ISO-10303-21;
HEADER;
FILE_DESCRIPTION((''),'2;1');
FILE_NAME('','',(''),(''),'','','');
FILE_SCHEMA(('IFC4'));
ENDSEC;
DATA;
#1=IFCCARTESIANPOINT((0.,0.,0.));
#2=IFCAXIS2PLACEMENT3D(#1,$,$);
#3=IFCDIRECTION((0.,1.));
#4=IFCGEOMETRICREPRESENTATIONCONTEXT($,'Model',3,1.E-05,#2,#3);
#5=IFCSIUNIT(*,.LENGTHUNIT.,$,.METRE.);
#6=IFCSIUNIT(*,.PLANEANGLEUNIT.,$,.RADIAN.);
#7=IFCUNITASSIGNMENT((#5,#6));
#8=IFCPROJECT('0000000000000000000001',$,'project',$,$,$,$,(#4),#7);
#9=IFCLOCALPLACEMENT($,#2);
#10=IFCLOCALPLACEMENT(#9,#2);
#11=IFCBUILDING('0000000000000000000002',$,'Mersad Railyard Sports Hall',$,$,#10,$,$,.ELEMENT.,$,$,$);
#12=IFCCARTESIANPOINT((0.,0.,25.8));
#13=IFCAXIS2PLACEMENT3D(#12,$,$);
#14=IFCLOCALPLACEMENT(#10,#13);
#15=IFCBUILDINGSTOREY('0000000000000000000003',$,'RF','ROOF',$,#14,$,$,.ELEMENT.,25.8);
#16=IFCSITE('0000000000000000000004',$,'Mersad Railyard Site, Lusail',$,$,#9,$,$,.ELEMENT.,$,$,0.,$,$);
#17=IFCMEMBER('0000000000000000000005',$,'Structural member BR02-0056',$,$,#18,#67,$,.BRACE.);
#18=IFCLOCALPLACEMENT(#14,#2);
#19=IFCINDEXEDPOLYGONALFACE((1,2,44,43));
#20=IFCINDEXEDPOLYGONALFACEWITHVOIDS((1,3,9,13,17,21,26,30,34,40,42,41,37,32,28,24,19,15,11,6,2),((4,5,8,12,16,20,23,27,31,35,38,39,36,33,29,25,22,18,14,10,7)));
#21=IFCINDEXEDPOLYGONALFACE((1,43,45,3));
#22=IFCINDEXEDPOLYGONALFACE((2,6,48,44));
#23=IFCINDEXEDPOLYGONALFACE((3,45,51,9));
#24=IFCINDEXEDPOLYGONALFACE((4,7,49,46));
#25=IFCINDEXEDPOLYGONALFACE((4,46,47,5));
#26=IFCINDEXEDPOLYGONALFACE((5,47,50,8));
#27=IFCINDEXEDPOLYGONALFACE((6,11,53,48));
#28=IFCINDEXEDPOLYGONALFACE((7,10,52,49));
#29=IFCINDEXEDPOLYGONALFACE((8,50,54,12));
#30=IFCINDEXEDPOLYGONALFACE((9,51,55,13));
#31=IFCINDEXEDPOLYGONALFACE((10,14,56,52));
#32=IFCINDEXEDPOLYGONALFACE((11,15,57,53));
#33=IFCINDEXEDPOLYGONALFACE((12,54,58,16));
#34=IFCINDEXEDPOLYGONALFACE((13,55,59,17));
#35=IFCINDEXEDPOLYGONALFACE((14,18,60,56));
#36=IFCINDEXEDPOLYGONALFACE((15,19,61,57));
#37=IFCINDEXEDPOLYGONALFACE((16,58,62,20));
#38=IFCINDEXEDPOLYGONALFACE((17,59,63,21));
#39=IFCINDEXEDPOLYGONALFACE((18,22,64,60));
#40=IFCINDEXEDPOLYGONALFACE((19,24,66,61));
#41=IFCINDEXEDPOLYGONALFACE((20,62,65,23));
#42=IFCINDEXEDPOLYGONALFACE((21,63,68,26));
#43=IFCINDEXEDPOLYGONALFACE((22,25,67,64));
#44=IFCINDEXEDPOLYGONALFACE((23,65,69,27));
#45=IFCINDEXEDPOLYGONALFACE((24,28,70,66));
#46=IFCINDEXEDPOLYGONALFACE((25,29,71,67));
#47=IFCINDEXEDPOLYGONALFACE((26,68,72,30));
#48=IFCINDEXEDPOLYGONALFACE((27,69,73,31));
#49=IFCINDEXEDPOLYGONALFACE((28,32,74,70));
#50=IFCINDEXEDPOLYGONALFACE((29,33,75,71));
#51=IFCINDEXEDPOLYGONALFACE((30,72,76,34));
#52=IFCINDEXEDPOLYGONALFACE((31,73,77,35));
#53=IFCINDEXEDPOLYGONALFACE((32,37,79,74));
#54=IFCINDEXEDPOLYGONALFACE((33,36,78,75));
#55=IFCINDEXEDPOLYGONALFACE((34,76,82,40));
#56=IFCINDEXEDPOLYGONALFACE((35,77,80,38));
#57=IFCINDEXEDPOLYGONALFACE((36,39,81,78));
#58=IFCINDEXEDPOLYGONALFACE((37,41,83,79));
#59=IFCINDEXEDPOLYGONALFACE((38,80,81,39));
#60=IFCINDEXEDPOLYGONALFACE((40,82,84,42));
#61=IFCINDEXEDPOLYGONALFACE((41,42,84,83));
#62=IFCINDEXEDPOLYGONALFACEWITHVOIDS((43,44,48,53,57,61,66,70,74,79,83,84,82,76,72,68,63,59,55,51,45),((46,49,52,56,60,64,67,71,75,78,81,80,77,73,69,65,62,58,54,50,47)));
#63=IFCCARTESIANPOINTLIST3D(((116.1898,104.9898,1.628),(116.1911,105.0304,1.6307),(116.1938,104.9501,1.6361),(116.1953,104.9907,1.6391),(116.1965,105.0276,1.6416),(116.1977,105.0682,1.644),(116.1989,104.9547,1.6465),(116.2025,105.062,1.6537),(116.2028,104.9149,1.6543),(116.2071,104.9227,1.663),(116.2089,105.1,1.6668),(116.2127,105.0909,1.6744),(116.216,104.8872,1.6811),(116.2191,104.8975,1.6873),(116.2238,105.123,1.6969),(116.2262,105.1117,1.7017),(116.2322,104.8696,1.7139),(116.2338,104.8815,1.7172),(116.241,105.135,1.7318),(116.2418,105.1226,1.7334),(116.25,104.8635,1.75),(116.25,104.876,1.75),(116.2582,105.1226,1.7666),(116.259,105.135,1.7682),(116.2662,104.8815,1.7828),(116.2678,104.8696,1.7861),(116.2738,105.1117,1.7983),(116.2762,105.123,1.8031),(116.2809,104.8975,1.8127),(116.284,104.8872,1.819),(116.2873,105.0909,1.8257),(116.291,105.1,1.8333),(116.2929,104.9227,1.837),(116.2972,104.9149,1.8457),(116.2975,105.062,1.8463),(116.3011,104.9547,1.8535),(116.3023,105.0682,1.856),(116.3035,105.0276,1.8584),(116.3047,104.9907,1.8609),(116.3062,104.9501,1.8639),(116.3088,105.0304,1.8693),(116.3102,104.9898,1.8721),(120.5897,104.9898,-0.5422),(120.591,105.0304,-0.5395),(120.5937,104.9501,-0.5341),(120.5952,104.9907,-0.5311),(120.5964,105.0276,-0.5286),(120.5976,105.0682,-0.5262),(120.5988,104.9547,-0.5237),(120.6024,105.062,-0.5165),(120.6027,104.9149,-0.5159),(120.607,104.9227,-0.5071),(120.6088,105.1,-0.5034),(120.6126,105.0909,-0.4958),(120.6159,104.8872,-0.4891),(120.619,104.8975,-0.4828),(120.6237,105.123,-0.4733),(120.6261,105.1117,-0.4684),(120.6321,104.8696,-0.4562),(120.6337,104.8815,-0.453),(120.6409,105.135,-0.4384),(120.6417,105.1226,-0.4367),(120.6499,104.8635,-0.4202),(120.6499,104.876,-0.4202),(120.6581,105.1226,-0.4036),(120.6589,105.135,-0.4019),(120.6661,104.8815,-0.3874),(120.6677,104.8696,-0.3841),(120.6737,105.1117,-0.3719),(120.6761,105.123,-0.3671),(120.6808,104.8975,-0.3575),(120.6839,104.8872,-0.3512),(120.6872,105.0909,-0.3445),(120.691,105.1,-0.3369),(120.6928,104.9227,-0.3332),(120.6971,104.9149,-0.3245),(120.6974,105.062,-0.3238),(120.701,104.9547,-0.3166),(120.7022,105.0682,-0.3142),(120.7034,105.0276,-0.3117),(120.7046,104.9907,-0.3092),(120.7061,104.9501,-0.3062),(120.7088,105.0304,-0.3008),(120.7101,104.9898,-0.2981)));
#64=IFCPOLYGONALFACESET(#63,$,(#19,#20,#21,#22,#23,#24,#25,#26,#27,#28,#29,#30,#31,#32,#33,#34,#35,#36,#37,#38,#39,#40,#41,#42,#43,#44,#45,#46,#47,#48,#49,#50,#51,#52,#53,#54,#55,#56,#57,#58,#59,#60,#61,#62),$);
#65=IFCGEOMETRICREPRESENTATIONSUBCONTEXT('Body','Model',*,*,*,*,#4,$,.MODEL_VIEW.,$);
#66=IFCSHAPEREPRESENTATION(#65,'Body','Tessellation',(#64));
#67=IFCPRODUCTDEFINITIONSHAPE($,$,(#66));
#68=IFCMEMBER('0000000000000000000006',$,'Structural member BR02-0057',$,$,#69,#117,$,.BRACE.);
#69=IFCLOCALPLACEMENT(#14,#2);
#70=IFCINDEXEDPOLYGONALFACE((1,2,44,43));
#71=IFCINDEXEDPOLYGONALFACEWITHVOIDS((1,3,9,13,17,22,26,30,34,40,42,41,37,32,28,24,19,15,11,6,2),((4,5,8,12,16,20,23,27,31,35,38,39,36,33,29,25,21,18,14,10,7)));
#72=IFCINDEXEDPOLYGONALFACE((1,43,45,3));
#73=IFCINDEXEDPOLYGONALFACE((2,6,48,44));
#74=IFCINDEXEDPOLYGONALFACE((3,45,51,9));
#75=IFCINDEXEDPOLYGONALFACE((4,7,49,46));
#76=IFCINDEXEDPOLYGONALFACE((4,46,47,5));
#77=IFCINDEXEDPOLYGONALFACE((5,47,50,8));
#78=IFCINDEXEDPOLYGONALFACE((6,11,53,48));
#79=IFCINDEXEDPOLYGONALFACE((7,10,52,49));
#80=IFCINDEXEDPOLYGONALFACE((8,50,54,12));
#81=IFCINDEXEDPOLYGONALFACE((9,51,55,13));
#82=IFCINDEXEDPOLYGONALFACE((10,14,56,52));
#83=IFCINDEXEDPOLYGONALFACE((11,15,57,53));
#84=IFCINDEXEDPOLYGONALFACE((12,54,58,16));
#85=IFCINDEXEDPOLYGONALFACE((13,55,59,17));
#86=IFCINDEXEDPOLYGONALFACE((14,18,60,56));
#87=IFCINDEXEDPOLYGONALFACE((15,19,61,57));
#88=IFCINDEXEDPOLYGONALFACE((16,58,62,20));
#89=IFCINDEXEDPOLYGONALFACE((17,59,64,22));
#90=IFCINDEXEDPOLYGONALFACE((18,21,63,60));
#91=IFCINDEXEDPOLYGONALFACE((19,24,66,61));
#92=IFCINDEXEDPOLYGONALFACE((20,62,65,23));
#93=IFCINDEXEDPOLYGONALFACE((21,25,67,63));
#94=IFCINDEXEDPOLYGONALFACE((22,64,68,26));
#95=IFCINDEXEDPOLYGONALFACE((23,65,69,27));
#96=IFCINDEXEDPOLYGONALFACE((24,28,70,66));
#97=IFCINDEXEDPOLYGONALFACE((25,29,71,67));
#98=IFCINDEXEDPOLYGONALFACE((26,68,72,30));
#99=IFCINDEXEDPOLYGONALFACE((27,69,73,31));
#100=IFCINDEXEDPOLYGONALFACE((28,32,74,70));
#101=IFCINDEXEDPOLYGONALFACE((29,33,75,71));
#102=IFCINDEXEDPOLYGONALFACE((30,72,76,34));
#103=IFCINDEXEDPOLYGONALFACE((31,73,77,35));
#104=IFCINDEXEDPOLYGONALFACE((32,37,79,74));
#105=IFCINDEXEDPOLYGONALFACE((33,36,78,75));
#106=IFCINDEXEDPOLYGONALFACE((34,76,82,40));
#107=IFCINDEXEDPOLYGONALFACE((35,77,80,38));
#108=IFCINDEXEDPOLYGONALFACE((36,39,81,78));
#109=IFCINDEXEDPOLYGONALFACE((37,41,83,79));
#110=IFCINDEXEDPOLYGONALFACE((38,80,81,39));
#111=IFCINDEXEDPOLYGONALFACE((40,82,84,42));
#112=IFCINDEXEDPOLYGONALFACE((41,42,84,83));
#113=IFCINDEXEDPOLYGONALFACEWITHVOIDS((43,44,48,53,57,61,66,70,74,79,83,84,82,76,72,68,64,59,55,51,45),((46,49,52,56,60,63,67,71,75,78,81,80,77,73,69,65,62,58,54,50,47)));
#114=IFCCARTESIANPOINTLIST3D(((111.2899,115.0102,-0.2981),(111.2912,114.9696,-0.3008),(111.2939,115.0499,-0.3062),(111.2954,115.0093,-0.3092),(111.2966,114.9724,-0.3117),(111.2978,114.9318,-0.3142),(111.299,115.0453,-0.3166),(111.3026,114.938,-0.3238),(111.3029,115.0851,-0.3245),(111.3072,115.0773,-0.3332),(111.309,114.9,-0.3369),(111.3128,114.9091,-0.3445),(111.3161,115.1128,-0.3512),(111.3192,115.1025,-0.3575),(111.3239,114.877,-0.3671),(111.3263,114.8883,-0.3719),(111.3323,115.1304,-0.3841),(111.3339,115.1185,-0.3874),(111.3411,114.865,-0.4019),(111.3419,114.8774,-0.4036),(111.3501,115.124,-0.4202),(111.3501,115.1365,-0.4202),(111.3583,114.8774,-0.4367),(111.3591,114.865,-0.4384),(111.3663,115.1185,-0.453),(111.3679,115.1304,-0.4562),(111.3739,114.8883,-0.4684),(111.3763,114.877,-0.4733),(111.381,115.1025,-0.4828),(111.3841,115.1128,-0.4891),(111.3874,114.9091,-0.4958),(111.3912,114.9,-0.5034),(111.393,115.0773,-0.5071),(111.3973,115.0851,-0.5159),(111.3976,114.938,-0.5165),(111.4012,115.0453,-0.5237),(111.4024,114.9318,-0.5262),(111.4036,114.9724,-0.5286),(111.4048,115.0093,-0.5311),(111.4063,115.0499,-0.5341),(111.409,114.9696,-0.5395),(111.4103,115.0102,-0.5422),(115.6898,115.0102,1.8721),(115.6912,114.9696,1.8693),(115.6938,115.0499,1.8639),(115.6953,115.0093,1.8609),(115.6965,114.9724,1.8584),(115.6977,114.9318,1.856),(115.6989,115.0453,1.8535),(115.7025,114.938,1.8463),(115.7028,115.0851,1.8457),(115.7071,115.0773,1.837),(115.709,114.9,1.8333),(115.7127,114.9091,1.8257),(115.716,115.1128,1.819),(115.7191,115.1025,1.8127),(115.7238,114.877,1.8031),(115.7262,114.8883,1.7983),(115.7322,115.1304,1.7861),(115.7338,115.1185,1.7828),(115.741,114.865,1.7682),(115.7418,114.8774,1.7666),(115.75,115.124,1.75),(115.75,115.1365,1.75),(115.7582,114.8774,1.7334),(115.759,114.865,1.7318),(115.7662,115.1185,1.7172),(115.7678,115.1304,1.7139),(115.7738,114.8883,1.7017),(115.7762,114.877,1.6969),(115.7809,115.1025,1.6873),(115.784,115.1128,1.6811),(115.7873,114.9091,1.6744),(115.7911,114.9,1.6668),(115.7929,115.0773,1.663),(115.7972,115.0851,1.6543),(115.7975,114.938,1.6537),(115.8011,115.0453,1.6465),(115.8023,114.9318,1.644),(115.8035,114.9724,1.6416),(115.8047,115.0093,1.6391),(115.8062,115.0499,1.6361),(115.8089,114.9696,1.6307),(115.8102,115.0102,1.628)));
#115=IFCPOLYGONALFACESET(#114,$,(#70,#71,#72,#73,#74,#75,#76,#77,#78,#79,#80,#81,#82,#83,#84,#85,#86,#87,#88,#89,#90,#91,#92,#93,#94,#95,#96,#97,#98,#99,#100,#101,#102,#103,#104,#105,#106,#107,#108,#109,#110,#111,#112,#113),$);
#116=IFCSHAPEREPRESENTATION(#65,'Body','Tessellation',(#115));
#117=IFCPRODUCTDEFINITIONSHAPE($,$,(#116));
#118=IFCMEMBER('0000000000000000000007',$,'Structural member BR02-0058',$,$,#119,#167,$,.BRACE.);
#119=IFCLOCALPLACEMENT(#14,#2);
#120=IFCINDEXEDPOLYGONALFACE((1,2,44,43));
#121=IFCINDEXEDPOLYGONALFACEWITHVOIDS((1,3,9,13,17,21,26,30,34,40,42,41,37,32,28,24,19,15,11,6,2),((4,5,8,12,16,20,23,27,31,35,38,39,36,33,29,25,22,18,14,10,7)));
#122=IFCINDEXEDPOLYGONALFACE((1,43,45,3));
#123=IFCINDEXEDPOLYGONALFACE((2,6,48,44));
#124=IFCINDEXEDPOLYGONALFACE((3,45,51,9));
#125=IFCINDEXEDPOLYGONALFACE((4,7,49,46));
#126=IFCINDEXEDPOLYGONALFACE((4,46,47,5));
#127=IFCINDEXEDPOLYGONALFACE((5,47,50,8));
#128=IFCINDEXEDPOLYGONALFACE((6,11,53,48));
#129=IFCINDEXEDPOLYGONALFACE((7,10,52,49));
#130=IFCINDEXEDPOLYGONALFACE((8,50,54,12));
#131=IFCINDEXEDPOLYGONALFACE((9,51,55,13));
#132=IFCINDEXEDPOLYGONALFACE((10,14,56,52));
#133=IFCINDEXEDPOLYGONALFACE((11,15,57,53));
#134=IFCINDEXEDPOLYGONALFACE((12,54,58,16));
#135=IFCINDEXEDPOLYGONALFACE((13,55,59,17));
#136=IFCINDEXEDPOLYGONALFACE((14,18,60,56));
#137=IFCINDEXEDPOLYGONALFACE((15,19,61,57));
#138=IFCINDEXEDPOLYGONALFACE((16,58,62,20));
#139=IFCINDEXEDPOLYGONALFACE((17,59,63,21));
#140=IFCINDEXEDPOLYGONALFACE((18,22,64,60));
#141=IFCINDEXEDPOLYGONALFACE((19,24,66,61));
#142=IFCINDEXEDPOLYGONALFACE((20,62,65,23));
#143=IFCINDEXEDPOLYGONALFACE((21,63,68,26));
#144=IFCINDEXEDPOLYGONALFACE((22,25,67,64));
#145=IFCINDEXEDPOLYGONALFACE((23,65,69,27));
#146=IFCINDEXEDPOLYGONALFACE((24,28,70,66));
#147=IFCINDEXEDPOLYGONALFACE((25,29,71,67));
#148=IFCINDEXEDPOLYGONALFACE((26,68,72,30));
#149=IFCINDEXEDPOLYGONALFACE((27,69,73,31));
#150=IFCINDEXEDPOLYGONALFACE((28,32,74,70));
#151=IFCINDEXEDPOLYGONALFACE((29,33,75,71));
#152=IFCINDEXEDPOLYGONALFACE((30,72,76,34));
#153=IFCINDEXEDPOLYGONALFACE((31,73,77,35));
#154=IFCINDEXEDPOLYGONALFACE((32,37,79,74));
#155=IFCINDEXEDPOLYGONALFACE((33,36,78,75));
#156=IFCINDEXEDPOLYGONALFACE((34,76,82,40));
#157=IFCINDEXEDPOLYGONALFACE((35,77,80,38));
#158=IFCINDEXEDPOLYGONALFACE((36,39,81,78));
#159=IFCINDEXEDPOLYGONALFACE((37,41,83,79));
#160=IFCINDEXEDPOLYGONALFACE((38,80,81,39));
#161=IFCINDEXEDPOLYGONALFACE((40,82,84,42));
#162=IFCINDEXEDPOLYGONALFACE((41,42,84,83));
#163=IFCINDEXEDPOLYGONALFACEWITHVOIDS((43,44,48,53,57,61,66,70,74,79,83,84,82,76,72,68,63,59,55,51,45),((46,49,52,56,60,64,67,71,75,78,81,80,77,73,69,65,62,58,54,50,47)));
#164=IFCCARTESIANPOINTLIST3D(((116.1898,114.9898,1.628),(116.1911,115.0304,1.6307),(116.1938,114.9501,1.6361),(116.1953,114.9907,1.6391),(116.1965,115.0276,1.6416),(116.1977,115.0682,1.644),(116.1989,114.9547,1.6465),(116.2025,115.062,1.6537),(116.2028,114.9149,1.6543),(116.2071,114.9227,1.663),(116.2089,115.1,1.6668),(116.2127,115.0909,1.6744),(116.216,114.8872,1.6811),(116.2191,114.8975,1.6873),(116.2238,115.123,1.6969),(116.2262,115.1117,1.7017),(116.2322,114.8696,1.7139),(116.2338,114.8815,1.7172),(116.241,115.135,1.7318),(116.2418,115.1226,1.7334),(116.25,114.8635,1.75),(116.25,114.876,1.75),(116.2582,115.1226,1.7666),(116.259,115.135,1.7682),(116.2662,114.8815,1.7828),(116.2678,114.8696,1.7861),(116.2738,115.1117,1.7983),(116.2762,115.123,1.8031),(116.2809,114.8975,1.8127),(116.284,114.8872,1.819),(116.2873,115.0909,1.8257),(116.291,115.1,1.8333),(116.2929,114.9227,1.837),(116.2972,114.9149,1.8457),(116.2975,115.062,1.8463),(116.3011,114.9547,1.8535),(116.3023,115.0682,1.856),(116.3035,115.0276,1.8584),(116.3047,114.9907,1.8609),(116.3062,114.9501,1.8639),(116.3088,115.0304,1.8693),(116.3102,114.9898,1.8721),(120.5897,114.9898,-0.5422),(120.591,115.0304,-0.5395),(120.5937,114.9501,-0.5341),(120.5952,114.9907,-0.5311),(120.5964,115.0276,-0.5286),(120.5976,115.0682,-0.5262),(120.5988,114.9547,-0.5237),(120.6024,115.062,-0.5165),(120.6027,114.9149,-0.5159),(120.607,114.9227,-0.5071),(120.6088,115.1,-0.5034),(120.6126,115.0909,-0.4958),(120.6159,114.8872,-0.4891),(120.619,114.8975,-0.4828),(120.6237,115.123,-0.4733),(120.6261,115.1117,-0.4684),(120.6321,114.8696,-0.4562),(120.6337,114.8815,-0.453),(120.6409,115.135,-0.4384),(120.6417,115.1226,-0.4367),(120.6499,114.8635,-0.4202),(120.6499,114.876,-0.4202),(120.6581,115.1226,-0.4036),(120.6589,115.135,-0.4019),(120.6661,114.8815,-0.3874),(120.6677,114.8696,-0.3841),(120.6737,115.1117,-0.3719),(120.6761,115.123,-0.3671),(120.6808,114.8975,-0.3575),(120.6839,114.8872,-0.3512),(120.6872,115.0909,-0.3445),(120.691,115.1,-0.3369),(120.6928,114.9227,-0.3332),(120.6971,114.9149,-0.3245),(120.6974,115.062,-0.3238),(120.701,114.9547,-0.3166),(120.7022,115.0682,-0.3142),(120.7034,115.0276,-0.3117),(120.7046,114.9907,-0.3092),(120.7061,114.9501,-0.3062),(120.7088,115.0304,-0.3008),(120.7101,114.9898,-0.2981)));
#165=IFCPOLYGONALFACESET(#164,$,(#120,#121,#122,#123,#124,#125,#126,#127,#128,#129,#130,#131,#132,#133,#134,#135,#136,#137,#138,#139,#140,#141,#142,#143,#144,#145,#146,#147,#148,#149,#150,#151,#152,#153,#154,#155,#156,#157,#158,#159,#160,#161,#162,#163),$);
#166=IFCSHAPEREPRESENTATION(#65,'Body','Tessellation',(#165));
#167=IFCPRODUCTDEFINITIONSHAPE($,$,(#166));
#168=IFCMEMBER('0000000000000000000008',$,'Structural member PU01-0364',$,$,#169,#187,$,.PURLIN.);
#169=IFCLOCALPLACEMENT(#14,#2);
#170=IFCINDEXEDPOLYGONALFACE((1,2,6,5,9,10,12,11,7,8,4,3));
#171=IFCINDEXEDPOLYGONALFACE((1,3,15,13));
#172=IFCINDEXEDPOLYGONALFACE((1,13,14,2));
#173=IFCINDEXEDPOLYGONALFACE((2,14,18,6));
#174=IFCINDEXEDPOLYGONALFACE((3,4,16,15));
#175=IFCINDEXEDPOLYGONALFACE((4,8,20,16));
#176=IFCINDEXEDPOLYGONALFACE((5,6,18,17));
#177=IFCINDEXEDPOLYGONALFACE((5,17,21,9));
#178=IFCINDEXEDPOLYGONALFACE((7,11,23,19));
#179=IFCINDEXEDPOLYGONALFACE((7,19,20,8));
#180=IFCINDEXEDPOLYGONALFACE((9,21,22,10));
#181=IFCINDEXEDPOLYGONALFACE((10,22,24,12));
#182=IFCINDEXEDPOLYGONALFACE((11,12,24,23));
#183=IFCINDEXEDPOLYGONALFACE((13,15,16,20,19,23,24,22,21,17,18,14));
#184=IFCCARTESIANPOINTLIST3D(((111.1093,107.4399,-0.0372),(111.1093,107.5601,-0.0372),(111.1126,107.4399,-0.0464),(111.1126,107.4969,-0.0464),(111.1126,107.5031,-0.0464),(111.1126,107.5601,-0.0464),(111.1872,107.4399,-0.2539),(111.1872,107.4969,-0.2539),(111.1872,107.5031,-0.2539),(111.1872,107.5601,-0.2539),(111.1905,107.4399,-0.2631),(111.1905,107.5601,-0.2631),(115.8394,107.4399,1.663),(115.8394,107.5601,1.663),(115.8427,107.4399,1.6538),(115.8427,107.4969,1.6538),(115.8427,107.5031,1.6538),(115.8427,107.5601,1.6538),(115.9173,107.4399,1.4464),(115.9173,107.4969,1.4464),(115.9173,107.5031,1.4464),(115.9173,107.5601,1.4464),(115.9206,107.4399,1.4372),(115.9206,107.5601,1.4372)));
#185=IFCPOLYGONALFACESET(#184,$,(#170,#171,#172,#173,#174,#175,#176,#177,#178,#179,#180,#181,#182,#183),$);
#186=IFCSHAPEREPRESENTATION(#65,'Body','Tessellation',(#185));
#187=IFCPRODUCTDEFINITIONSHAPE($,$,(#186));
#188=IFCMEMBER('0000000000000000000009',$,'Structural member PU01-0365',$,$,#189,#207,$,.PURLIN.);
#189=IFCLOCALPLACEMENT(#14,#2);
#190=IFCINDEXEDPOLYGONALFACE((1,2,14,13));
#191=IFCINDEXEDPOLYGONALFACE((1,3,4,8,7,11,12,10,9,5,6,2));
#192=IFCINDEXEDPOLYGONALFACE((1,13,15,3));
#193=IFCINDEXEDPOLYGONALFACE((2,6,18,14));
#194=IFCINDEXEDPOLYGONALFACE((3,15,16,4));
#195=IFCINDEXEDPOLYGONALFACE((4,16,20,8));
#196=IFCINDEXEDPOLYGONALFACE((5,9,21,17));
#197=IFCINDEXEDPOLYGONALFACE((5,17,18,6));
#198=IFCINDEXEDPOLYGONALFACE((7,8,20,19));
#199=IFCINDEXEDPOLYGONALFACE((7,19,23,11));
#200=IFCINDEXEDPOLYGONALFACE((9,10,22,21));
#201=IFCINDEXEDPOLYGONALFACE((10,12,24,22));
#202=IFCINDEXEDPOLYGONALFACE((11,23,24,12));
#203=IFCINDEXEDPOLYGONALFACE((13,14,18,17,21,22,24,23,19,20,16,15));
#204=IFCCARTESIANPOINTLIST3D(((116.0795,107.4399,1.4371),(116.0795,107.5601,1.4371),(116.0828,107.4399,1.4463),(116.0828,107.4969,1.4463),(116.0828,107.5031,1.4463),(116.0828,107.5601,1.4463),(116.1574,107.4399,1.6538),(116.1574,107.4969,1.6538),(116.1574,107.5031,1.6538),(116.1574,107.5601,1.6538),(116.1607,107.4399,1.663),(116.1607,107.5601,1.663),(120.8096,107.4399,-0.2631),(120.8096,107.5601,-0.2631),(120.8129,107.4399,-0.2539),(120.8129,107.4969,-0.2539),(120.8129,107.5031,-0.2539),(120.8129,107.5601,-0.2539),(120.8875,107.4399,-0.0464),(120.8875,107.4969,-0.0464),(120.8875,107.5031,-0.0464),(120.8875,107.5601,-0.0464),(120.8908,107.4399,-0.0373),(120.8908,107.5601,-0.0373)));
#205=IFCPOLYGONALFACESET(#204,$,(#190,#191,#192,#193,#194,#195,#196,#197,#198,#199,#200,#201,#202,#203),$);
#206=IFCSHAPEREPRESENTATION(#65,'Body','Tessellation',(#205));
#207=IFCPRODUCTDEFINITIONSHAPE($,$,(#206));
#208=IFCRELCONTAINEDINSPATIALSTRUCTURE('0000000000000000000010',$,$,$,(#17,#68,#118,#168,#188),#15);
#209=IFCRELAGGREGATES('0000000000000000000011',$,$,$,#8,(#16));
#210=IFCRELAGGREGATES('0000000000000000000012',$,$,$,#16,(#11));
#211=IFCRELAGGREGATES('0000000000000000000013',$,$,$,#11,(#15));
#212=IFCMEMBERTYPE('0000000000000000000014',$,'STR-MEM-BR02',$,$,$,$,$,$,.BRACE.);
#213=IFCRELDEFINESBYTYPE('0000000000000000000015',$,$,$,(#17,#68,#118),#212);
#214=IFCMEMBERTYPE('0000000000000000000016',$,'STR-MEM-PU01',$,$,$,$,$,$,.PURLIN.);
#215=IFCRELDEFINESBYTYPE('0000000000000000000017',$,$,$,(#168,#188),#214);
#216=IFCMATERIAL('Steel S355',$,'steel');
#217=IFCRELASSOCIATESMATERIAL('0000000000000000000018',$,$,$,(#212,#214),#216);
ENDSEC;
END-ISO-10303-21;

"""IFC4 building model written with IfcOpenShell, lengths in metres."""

from ifc_helpers import new_model, si_unit, direction, frame, origin, origin_2d, place, context, subcontext, project, spatial, hollow_circle, i_section, extrude, material, material_profile, profile_set, type_object, element, save


model = new_model("IFC4")

# Units and contexts
model_context = context("Model", 3, precision=1e-05, world=origin(), true_north=direction((0.0, 1.0)))
body_context = subcontext(model_context, "Body", "Model", "MODEL_VIEW")
ifc_project = project(units=[si_unit("LENGTHUNIT", "METRE"), si_unit("PLANEANGLEUNIT", "RADIAN")], contexts=[model_context])

# Site, building, storey
site_placement = place(None, origin())
site = spatial("IfcSite", under=ifc_project, at=site_placement, Name="Mersad Railyard Site, Lusail", CompositionType="ELEMENT", RefElevation=0.0)
building_placement = place(site_placement, origin())
building = spatial("IfcBuilding", under=site, at=building_placement, Name="Mersad Railyard Sports Hall", CompositionType="ELEMENT")
storey_placement = place(building_placement, frame((0.0, 0.0, 25.8)))
storey = spatial("IfcBuildingStorey", under=building, at=storey_placement, Name="RF", Description="ROOF", CompositionType="ELEMENT", Elevation=25.8)

# Shared definitions
ifc_material_1 = material(Name="Steel S355", Category="steel")

# Members
ifc_material_profile_1 = material_profile(ifc_material_1, hollow_circle(Radius=0.1365, WallThickness=0.0125, at=origin_2d()), Name="CHS 273x12.5")
ifc_profile_set_1 = profile_set([ifc_material_profile_1], Name="Steel S355")
member_type_1 = type_object("IfcMemberType", Name="STR-MEM-BR02", PredefinedType="BRACE", material=ifc_profile_set_1)
for number, where, z_axis, x_axis, name in (
    (1, (120.6499, 105.0, -0.4202), (-0.896842, 0.0, 0.44235), (0.0, -1.0, 0.0), "Structural member BR02-0056"),
    (2, (111.3501, 115.0, -0.4202), (0.896842, 0.0, 0.44235), (0.0, 1.0, 0.0), "Structural member BR02-0057"),
    (3, (120.6499, 115.0, -0.4202), (-0.896842, 0.0, 0.44235), (0.0, -1.0, 0.0), "Structural member BR02-0058"),
):
    element("IfcMember", number, at=place(storey_placement, frame(where, z_axis=z_axis, x_axis=x_axis)), inside=storey, type_object=member_type_1, Name=name, PredefinedType="BRACE", context=body_context, shape_type="SweptSolid", body=[
        extrude(hollow_circle(Radius=0.1365, WallThickness=0.0125, at=origin_2d()), origin(), (0.0, 0.0, 1.0), 4.906),
    ])
ifc_material_profile_2 = material_profile(ifc_material_1, i_section(OverallWidth=0.1201, OverallDepth=0.24, WebThickness=0.0061, FlangeThickness=0.0098, at=origin_2d()), Name="IPE 240")
ifc_profile_set_2 = profile_set([ifc_material_profile_2], Name="Steel S355")
member_type_2 = type_object("IfcMemberType", Name="STR-MEM-PU01", PredefinedType="PURLIN", material=ifc_profile_set_2)
for number, where, z_axis, x_axis, name in (
    (4, (111.1499, 107.5, -0.1501), (0.941052, 0.0, 0.338262), (0.0, 1.0, 0.0), "Structural member PU01-0364"),
    (5, (116.1201, 107.5, 1.55), (0.941052, 0.0, -0.338262), (0.0, 1.0, 0.0), "Structural member PU01-0365"),
):
    element("IfcMember", number, at=place(storey_placement, frame(where, z_axis=z_axis, x_axis=x_axis)), inside=storey, type_object=member_type_2, Name=name, PredefinedType="PURLIN", context=body_context, shape_type="SweptSolid", body=[
        extrude(i_section(OverallWidth=0.1201, OverallDepth=0.24, WebThickness=0.0061, FlangeThickness=0.0098, at=origin_2d()), origin(), (0.0, 0.0, 1.0), 5.0264),
    ])

save(model, "model.ifc")
